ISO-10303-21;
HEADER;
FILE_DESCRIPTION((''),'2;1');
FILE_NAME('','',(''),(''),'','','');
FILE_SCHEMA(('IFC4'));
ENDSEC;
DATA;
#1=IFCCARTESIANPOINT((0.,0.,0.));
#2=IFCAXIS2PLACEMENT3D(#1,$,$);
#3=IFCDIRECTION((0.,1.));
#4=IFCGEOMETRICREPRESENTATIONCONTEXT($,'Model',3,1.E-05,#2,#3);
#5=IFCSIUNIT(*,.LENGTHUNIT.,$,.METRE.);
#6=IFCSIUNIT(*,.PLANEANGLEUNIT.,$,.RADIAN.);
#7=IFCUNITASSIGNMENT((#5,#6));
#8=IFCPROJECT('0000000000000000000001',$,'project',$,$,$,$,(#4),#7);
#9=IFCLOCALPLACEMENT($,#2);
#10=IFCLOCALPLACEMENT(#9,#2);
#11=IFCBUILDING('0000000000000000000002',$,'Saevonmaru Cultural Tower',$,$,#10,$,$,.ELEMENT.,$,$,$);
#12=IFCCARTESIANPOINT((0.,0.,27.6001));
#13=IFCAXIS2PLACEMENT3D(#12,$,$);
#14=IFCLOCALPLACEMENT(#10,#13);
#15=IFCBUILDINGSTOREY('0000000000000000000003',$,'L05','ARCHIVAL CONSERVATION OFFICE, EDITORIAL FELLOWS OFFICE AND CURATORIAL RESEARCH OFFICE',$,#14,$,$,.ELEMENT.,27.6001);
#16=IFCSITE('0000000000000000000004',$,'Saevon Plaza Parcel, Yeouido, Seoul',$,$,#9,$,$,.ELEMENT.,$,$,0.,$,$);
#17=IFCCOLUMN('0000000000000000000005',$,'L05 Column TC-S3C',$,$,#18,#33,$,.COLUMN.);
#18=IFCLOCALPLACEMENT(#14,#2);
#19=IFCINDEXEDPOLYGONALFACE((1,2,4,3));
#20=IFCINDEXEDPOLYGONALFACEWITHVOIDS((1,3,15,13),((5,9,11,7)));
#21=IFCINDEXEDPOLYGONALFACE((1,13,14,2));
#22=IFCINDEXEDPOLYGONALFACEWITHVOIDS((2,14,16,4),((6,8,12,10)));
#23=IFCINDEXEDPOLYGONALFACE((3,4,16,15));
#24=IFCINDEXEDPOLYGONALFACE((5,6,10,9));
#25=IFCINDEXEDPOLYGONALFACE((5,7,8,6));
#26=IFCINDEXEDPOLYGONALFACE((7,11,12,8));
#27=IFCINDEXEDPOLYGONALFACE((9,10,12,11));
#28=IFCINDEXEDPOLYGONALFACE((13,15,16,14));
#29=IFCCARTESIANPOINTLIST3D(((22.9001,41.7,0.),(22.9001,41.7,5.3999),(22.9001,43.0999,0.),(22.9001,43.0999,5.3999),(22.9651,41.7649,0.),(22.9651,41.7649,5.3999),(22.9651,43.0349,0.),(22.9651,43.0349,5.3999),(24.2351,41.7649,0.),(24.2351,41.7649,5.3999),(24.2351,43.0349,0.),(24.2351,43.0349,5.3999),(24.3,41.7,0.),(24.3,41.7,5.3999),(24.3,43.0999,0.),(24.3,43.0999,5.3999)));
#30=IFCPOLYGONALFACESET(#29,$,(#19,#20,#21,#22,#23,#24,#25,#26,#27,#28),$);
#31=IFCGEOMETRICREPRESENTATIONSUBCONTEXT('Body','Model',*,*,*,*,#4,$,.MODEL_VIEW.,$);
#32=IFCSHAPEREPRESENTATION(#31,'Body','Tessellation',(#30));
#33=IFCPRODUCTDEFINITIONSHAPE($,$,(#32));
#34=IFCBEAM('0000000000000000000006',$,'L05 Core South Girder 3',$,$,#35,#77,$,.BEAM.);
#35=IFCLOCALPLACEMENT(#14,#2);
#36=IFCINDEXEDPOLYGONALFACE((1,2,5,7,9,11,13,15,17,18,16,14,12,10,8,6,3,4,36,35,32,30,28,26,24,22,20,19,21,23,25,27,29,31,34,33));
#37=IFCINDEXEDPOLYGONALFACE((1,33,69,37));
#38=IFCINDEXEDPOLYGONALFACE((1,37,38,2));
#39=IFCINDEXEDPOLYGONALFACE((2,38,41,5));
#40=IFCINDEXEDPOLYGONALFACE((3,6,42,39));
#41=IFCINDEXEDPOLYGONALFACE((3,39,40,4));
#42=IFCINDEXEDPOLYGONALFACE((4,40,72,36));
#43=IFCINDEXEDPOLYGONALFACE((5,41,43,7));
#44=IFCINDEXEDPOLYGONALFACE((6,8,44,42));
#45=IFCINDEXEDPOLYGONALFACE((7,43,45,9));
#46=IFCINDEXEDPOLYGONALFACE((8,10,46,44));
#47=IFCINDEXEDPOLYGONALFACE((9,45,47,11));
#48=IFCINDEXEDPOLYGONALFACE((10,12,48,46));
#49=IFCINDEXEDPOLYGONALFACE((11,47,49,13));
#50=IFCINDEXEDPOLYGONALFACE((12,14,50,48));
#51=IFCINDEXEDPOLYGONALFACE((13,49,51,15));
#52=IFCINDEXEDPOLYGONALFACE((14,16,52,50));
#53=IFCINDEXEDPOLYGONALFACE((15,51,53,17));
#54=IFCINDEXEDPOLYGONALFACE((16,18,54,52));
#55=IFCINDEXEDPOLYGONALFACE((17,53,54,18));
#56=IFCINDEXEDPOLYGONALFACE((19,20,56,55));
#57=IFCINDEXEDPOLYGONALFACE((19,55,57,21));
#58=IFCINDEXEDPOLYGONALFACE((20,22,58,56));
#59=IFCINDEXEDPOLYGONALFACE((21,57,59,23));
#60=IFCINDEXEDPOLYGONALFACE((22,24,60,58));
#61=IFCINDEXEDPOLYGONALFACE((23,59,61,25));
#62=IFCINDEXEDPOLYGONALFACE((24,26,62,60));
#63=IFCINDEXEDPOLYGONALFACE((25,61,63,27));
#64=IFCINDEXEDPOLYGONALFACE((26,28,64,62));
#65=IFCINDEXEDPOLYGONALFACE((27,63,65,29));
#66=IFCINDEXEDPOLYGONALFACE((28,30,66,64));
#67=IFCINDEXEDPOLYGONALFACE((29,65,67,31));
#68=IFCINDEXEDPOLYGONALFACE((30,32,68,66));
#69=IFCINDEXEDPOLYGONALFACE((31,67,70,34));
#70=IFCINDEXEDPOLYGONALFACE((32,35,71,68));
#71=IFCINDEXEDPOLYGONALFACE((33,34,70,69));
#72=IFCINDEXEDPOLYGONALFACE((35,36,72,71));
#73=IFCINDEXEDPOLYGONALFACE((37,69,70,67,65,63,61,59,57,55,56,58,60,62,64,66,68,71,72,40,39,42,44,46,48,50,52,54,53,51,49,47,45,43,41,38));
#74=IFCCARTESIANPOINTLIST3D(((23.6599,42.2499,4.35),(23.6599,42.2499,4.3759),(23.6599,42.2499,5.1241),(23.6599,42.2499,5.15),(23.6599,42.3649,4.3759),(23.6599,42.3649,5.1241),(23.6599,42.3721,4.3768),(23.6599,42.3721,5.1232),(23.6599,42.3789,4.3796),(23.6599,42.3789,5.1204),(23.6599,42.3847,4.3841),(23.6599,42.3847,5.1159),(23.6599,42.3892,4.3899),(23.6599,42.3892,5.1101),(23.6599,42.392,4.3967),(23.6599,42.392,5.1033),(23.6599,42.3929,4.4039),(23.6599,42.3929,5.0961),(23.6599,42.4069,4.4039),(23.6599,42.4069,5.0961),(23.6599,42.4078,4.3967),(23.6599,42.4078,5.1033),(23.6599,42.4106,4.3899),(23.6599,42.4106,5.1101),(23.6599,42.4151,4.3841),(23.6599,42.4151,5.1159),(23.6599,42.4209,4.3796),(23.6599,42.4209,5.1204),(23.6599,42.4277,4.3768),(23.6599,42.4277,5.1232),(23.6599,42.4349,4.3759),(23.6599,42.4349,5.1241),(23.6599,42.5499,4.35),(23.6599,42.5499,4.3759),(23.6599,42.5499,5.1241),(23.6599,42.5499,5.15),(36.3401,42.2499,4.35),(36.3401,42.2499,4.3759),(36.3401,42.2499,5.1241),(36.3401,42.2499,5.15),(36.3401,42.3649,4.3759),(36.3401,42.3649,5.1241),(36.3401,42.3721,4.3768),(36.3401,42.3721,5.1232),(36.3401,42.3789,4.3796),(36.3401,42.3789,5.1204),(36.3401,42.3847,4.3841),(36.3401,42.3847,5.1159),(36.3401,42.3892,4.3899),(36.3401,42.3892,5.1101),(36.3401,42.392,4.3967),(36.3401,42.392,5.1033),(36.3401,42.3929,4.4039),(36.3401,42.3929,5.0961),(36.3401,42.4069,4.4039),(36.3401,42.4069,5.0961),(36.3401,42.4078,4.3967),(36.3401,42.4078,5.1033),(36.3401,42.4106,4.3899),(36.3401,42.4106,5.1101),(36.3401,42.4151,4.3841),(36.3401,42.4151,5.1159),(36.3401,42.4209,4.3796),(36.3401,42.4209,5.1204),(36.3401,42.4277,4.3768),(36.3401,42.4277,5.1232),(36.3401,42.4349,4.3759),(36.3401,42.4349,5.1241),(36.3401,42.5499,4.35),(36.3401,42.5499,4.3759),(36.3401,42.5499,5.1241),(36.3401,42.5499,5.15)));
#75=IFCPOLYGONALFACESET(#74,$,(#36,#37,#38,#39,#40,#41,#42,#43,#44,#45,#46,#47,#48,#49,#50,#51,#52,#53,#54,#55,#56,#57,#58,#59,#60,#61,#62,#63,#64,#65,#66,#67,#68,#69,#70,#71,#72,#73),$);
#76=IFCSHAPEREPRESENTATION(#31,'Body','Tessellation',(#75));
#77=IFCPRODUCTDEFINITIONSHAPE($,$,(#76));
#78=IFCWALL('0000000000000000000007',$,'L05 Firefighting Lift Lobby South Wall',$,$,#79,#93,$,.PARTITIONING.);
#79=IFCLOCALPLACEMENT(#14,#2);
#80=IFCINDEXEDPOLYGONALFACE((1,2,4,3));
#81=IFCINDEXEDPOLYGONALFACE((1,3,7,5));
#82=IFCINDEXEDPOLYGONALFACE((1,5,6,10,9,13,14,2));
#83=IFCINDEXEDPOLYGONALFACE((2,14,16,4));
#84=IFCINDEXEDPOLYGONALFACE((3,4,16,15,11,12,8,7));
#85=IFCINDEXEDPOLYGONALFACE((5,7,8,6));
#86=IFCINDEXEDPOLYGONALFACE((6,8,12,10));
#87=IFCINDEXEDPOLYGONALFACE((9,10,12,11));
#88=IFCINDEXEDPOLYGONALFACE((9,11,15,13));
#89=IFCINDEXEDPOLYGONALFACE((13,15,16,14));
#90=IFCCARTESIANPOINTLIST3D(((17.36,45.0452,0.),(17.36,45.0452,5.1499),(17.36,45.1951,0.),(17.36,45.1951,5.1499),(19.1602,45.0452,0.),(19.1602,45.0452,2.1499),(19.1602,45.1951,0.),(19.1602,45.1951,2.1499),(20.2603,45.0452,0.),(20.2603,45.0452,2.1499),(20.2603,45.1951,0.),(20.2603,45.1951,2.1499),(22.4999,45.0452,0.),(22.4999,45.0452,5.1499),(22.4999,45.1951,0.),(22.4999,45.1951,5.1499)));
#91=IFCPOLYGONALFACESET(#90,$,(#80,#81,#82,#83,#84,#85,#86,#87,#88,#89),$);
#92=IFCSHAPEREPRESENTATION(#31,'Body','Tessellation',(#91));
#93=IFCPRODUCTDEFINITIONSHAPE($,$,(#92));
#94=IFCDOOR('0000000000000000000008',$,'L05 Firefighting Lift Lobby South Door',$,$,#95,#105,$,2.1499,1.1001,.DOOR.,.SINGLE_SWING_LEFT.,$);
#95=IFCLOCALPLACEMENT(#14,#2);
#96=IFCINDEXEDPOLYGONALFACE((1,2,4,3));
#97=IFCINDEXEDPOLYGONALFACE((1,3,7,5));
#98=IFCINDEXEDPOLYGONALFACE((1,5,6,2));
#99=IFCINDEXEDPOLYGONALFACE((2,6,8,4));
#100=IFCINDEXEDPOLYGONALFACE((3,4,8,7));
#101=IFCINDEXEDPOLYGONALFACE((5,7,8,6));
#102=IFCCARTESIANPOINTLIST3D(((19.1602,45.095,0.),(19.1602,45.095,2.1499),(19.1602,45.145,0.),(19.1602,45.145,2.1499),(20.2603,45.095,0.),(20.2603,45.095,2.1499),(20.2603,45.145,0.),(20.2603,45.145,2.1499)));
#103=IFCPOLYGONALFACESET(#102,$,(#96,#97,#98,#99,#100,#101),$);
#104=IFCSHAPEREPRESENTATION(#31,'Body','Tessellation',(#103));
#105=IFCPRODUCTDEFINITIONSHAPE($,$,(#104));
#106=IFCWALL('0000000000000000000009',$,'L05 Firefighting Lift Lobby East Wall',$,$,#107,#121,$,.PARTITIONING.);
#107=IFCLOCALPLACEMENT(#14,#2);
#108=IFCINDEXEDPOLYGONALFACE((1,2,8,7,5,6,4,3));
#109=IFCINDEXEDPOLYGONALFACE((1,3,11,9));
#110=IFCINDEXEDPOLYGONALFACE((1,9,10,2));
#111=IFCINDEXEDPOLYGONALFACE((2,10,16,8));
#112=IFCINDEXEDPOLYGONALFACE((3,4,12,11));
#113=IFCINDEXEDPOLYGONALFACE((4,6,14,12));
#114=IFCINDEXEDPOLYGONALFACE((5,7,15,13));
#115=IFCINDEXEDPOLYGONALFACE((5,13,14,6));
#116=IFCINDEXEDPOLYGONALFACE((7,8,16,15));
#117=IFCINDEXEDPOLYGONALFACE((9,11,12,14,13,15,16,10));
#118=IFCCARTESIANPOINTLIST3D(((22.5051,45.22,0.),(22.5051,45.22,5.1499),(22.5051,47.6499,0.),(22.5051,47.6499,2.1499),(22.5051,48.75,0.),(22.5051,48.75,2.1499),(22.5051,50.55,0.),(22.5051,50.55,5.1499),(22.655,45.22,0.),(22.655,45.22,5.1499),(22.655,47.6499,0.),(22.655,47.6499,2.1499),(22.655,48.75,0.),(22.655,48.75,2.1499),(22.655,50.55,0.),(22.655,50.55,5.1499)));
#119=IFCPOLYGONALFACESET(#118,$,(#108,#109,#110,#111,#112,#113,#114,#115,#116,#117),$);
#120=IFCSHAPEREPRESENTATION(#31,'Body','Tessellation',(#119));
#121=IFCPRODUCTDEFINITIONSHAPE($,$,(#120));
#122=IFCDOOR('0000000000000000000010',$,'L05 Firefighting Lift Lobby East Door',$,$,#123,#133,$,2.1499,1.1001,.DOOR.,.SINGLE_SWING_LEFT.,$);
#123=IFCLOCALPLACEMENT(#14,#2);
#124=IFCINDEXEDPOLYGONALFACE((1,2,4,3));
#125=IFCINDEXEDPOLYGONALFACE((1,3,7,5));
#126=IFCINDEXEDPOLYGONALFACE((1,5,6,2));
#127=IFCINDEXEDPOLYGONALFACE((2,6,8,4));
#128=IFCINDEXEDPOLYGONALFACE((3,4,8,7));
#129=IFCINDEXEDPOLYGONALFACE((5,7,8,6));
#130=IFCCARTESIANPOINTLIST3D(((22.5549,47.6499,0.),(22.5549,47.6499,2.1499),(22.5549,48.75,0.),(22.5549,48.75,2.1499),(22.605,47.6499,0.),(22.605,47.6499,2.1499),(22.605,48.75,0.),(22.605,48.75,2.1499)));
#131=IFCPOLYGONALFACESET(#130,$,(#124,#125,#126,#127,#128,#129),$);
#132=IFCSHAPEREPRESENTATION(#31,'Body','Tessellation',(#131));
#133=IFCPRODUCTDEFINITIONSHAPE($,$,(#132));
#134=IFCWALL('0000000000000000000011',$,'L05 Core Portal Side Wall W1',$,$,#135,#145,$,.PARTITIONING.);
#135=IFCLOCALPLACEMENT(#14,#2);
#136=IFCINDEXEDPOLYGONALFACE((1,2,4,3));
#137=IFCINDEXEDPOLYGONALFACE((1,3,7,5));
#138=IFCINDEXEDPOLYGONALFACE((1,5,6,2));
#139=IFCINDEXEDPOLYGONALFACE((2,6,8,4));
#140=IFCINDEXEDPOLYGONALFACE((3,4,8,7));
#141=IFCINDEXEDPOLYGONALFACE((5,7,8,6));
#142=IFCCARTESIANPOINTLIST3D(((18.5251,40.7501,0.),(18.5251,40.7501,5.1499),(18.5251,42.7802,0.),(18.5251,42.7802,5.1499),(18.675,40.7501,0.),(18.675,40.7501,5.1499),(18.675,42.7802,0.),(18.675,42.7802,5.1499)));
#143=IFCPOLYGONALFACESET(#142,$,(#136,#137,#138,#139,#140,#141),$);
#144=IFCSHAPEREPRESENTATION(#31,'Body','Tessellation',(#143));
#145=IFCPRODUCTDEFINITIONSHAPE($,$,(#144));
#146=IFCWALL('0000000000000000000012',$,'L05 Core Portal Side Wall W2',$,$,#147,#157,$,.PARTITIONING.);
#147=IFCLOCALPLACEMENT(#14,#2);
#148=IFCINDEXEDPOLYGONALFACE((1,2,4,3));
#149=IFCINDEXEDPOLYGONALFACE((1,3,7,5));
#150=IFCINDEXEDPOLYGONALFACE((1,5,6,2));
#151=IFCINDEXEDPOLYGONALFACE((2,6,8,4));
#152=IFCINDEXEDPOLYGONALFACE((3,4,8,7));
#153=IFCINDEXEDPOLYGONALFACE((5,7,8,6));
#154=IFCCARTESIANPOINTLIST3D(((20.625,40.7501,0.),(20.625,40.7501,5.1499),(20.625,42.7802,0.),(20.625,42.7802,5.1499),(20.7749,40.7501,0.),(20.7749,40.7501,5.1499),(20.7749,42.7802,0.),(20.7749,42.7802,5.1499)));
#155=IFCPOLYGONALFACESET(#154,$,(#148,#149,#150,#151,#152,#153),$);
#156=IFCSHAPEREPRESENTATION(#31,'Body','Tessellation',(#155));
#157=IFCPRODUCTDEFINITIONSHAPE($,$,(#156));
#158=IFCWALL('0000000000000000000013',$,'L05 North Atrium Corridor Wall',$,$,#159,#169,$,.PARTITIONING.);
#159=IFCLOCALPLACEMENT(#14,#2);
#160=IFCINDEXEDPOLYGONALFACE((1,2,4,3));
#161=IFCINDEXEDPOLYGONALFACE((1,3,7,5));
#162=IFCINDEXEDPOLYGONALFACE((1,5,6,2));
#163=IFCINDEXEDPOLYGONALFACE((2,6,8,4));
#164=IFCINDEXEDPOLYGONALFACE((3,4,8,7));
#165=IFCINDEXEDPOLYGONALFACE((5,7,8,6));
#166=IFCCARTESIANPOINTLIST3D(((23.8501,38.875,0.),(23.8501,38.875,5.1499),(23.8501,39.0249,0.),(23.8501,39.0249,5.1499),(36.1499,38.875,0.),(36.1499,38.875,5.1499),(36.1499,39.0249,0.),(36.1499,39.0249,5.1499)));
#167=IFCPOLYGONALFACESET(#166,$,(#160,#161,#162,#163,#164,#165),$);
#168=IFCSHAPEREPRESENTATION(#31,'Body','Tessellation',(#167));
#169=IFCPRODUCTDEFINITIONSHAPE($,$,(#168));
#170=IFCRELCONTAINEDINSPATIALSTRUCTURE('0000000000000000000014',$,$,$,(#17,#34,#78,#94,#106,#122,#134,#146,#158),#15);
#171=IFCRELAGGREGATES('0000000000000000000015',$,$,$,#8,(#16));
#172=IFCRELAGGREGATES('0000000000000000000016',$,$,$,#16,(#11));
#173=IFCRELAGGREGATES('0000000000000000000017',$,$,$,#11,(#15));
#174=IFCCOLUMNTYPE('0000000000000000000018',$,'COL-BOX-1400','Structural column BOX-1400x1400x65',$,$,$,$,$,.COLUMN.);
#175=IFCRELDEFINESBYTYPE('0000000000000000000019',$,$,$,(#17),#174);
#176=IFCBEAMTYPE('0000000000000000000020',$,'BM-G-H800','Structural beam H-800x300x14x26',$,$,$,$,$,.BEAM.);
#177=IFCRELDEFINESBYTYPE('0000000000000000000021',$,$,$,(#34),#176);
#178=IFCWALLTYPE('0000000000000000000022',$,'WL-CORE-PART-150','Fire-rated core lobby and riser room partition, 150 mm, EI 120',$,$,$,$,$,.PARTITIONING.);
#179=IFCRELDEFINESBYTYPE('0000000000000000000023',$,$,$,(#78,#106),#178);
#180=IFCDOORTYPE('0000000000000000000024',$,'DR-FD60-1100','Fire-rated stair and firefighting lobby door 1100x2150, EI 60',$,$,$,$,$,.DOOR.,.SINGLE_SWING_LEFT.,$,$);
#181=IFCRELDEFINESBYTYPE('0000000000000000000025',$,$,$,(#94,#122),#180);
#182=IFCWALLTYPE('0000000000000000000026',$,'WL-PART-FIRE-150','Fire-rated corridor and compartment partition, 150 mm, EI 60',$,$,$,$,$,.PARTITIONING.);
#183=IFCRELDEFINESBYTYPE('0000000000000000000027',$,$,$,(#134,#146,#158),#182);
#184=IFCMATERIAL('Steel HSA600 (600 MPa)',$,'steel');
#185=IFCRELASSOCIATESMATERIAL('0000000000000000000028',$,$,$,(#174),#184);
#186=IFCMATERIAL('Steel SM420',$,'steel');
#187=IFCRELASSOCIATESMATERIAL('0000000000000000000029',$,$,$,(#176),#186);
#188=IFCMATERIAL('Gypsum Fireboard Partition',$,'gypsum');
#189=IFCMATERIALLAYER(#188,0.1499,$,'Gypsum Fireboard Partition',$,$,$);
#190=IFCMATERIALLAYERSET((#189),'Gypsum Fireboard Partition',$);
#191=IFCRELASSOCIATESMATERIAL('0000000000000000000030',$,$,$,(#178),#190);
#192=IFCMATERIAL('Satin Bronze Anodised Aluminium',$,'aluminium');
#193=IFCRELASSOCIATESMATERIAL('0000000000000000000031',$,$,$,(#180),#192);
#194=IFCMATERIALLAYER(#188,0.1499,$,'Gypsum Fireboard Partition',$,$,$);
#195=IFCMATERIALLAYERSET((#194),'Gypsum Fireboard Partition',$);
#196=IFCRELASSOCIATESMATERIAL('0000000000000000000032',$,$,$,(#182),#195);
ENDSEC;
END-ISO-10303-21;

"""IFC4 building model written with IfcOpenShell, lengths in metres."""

from ifc_helpers import new_model, si_unit, direction, frame, frame_2d, origin, origin_2d, place, context, subcontext, project, spatial, rectangle, hollow_rectangle, i_section, extrude, material, layer, layer_set, material_profile, profile_set, type_object, element, fill, save


model = new_model("IFC4")

# Units and contexts
model_context = context("Model", 3, precision=1e-05, world=origin(), true_north=direction((0.0, 1.0)))
body_context = subcontext(model_context, "Body", "Model", "MODEL_VIEW")
ifc_project = project(units=[si_unit("LENGTHUNIT", "METRE"), si_unit("PLANEANGLEUNIT", "RADIAN")], contexts=[model_context])

# Site, building, storey
site_placement = place(None, origin())
site = spatial("IfcSite", under=ifc_project, at=site_placement, Name="Saevon Plaza Parcel, Yeouido, Seoul", CompositionType="ELEMENT", RefElevation=0.0)
building_placement = place(site_placement, origin())
building = spatial("IfcBuilding", under=site, at=building_placement, Name="Saevonmaru Cultural Tower", CompositionType="ELEMENT")
storey_placement = place(building_placement, frame((0.0, 0.0, 27.6001)))
storey = spatial("IfcBuildingStorey", under=building, at=storey_placement, Name="L05", Description="ARCHIVAL CONSERVATION OFFICE, EDITORIAL FELLOWS OFFICE AND CURATORIAL RESEARCH OFFICE", CompositionType="ELEMENT", Elevation=27.6001)

# Column
ifc_material_1 = material(Name="Steel HSA600 (600 MPa)", Category="steel")
ifc_material_profile_1 = material_profile(ifc_material_1, hollow_rectangle(XDim=1.3999, YDim=1.3999, WallThickness=0.0649, at=origin_2d()), Name="BOX-1400x1400x65")
ifc_profile_set_1 = profile_set([ifc_material_profile_1], Name="Steel HSA600 (600 MPa)")
column_type = type_object("IfcColumnType", Name="COL-BOX-1400", Description="Structural column BOX-1400x1400x65", PredefinedType="COLUMN", material=ifc_profile_set_1)
column_placement = place(storey_placement, frame((23.6001, 42.3999, 0.0), z_axis=(0.0, 0.0, 1.0), x_axis=(1.0, 0.0, 0.0)))
element("IfcColumn", 1, at=column_placement, inside=storey, type_object=column_type, Name="L05 Column TC-S3C", PredefinedType="COLUMN", context=body_context, shape_type="SweptSolid", body=[
    extrude(hollow_rectangle(XDim=1.3999, YDim=1.3999, WallThickness=0.0649, at=origin_2d()), origin(), (0.0, 0.0, 1.0), 5.3999),
])

# Beam
ifc_material_2 = material(Name="Steel SM420", Category="steel")
ifc_material_profile_2 = material_profile(ifc_material_2, i_section(OverallWidth=0.3, OverallDepth=0.8, WebThickness=0.0139, FlangeThickness=0.0259, FilletRadius=0.0281, at=origin_2d()), Name="H-800x300x14x26")
ifc_profile_set_2 = profile_set([ifc_material_profile_2], Name="Steel SM420")
beam_type = type_object("IfcBeamType", Name="BM-G-H800", Description="Structural beam H-800x300x14x26", PredefinedType="BEAM", material=ifc_profile_set_2)
beam_placement = place(storey_placement, frame((23.6599, 42.3999, 4.75), z_axis=(1.0, 0.0, 0.0), x_axis=(0.0, 1.0, 0.0)))
element("IfcBeam", 2, at=beam_placement, inside=storey, type_object=beam_type, Name="L05 Core South Girder 3", PredefinedType="BEAM", context=body_context, shape_type="SweptSolid", body=[
    extrude(i_section(OverallWidth=0.3, OverallDepth=0.8, WebThickness=0.0139, FlangeThickness=0.0259, FilletRadius=0.0281, at=origin_2d()), origin(), (0.0, 0.0, 1.0), 12.6802),
])

# Walls, openings, doors
ifc_material_3 = material(Name="Gypsum Fireboard Partition", Category="gypsum")
ifc_layer_1 = layer(ifc_material_3, 0.1499, Name="Gypsum Fireboard Partition")
ifc_layer_set_1 = layer_set([ifc_layer_1], Name="Gypsum Fireboard Partition")
wall_type_1 = type_object("IfcWallType", Name="WL-CORE-PART-150", Description="Fire-rated core lobby and riser room partition, 150 mm, EI 120", PredefinedType="PARTITIONING", material=ifc_layer_set_1)
wall_1_placement = place(storey_placement, frame((17.3601, 45.1201, 0.0), z_axis=(0.0, 0.0, 1.0), x_axis=(1.0, 0.0, 0.0)))
wall_1 = element("IfcWall", 3, at=wall_1_placement, inside=storey, type_object=wall_type_1, Name="L05 Firefighting Lift Lobby South Wall", PredefinedType="PARTITIONING", context=body_context, shape_type="SweptSolid", body=[
    extrude(rectangle(XDim=5.1399, YDim=0.1499, at=frame_2d((2.5698, 0.0))), origin(), (0.0, 0.0, 1.0), 5.1499),
])
opening_1_placement = place(wall_1_placement, frame((1.8, 0.0, 0.0)))
opening_1 = element("IfcOpeningElement", 4, at=opening_1_placement, cuts=wall_1, PredefinedType="OPENING", context=body_context, shape_type="SweptSolid", body=[
    extrude(rectangle(XDim=1.1001, YDim=2.1499, at=frame_2d((0.55, 1.075))), frame((0.0, 0.085, 0.0), z_axis=(0.0, -1.0, 0.0), x_axis=(1.0, 0.0, 0.0)), (0.0, 0.0, 1.0), 0.1699),
])
ifc_material_4 = material(Name="Satin Bronze Anodised Aluminium", Category="aluminium")
door_type_1 = type_object("IfcDoorType", Name="DR-FD60-1100", Description="Fire-rated stair and firefighting lobby door 1100x2150, EI 60", OperationType="SINGLE_SWING_LEFT", PredefinedType="DOOR", material=ifc_material_4)
door_1_placement = place(opening_1_placement, origin())
door_1 = element("IfcDoor", 5, at=door_1_placement, inside=storey, type_object=door_type_1, Name="L05 Firefighting Lift Lobby South Door", OperationType="SINGLE_SWING_LEFT", OverallHeight=2.1499, OverallWidth=1.1001, PredefinedType="DOOR", context=body_context, shape_type="SweptSolid", body=[
    extrude(rectangle(XDim=1.1001, YDim=2.1499, at=frame_2d((0.55, 1.075))), frame((0.0, 0.0249, 0.0), z_axis=(0.0, -1.0, 0.0), x_axis=(1.0, 0.0, 0.0)), (0.0, 0.0, 1.0), 0.05),
])
fill(opening_1, door_1)
wall_2_placement = place(storey_placement, frame((22.5801, 50.55, 0.0), z_axis=(0.0, 0.0, 1.0), x_axis=(0.0, -1.0, 0.0)))
wall_2 = element("IfcWall", 6, at=wall_2_placement, inside=storey, type_object=wall_type_1, Name="L05 Firefighting Lift Lobby East Wall", PredefinedType="PARTITIONING", context=body_context, shape_type="SweptSolid", body=[
    extrude(rectangle(XDim=5.3301, YDim=0.1499, at=frame_2d((2.665, 0.0))), origin(), (0.0, 0.0, 1.0), 5.1499),
])
opening_2_placement = place(wall_2_placement, frame((1.8, 0.0, 0.0)))
opening_2 = element("IfcOpeningElement", 7, at=opening_2_placement, cuts=wall_2, PredefinedType="OPENING", context=body_context, shape_type="SweptSolid", body=[
    extrude(rectangle(XDim=1.1001, YDim=2.1499, at=frame_2d((0.55, 1.075))), frame((0.0, 0.085, 0.0), z_axis=(0.0, -1.0, 0.0), x_axis=(1.0, 0.0, 0.0)), (0.0, 0.0, 1.0), 0.1699),
])
door_2_placement = place(opening_2_placement, origin())
door_2 = element("IfcDoor", 8, at=door_2_placement, inside=storey, type_object=door_type_1, Name="L05 Firefighting Lift Lobby East Door", OperationType="SINGLE_SWING_LEFT", OverallHeight=2.1499, OverallWidth=1.1001, PredefinedType="DOOR", context=body_context, shape_type="SweptSolid", body=[
    extrude(rectangle(XDim=1.1001, YDim=2.1499, at=frame_2d((0.55, 1.075))), frame((0.0, 0.0249, 0.0), z_axis=(0.0, -1.0, 0.0), x_axis=(1.0, 0.0, 0.0)), (0.0, 0.0, 1.0), 0.05),
])
fill(opening_2, door_2)

# Walls
ifc_layer_2 = layer(ifc_material_3, 0.1499, Name="Gypsum Fireboard Partition")
ifc_layer_set_2 = layer_set([ifc_layer_2], Name="Gypsum Fireboard Partition")
wall_type_2 = type_object("IfcWallType", Name="WL-PART-FIRE-150", Description="Fire-rated corridor and compartment partition, 150 mm, EI 60", PredefinedType="PARTITIONING", material=ifc_layer_set_2)
for number, where, z_axis, x_axis, name in (
    (9, (18.6001, 40.75, 0.0), (0.0, 0.0, 1.0), (0.0, 1.0, 0.0), "L05 Core Portal Side Wall W1"),
    (10, (20.7, 40.75, 0.0), (0.0, 0.0, 1.0), (0.0, 1.0, 0.0), "L05 Core Portal Side Wall W2"),
):
    element("IfcWall", number, at=place(storey_placement, frame(where, z_axis=z_axis, x_axis=x_axis)), inside=storey, type_object=wall_type_2, Name=name, PredefinedType="PARTITIONING", context=body_context, shape_type="SweptSolid", body=[
        extrude(rectangle(XDim=2.03, YDim=0.1499, at=frame_2d((1.0151, 0.0))), origin(), (0.0, 0.0, 1.0), 5.1499),
    ])
wall_3_placement = place(storey_placement, frame((23.8501, 38.95, 0.0), z_axis=(0.0, 0.0, 1.0), x_axis=(1.0, 0.0, 0.0)))
element("IfcWall", 11, at=wall_3_placement, inside=storey, type_object=wall_type_2, Name="L05 North Atrium Corridor Wall", PredefinedType="PARTITIONING", context=body_context, shape_type="SweptSolid", body=[
    extrude(rectangle(XDim=12.2998, YDim=0.1499, at=frame_2d((6.1499, 0.0))), origin(), (0.0, 0.0, 1.0), 5.1499),
])

save(model, "model.ifc")
